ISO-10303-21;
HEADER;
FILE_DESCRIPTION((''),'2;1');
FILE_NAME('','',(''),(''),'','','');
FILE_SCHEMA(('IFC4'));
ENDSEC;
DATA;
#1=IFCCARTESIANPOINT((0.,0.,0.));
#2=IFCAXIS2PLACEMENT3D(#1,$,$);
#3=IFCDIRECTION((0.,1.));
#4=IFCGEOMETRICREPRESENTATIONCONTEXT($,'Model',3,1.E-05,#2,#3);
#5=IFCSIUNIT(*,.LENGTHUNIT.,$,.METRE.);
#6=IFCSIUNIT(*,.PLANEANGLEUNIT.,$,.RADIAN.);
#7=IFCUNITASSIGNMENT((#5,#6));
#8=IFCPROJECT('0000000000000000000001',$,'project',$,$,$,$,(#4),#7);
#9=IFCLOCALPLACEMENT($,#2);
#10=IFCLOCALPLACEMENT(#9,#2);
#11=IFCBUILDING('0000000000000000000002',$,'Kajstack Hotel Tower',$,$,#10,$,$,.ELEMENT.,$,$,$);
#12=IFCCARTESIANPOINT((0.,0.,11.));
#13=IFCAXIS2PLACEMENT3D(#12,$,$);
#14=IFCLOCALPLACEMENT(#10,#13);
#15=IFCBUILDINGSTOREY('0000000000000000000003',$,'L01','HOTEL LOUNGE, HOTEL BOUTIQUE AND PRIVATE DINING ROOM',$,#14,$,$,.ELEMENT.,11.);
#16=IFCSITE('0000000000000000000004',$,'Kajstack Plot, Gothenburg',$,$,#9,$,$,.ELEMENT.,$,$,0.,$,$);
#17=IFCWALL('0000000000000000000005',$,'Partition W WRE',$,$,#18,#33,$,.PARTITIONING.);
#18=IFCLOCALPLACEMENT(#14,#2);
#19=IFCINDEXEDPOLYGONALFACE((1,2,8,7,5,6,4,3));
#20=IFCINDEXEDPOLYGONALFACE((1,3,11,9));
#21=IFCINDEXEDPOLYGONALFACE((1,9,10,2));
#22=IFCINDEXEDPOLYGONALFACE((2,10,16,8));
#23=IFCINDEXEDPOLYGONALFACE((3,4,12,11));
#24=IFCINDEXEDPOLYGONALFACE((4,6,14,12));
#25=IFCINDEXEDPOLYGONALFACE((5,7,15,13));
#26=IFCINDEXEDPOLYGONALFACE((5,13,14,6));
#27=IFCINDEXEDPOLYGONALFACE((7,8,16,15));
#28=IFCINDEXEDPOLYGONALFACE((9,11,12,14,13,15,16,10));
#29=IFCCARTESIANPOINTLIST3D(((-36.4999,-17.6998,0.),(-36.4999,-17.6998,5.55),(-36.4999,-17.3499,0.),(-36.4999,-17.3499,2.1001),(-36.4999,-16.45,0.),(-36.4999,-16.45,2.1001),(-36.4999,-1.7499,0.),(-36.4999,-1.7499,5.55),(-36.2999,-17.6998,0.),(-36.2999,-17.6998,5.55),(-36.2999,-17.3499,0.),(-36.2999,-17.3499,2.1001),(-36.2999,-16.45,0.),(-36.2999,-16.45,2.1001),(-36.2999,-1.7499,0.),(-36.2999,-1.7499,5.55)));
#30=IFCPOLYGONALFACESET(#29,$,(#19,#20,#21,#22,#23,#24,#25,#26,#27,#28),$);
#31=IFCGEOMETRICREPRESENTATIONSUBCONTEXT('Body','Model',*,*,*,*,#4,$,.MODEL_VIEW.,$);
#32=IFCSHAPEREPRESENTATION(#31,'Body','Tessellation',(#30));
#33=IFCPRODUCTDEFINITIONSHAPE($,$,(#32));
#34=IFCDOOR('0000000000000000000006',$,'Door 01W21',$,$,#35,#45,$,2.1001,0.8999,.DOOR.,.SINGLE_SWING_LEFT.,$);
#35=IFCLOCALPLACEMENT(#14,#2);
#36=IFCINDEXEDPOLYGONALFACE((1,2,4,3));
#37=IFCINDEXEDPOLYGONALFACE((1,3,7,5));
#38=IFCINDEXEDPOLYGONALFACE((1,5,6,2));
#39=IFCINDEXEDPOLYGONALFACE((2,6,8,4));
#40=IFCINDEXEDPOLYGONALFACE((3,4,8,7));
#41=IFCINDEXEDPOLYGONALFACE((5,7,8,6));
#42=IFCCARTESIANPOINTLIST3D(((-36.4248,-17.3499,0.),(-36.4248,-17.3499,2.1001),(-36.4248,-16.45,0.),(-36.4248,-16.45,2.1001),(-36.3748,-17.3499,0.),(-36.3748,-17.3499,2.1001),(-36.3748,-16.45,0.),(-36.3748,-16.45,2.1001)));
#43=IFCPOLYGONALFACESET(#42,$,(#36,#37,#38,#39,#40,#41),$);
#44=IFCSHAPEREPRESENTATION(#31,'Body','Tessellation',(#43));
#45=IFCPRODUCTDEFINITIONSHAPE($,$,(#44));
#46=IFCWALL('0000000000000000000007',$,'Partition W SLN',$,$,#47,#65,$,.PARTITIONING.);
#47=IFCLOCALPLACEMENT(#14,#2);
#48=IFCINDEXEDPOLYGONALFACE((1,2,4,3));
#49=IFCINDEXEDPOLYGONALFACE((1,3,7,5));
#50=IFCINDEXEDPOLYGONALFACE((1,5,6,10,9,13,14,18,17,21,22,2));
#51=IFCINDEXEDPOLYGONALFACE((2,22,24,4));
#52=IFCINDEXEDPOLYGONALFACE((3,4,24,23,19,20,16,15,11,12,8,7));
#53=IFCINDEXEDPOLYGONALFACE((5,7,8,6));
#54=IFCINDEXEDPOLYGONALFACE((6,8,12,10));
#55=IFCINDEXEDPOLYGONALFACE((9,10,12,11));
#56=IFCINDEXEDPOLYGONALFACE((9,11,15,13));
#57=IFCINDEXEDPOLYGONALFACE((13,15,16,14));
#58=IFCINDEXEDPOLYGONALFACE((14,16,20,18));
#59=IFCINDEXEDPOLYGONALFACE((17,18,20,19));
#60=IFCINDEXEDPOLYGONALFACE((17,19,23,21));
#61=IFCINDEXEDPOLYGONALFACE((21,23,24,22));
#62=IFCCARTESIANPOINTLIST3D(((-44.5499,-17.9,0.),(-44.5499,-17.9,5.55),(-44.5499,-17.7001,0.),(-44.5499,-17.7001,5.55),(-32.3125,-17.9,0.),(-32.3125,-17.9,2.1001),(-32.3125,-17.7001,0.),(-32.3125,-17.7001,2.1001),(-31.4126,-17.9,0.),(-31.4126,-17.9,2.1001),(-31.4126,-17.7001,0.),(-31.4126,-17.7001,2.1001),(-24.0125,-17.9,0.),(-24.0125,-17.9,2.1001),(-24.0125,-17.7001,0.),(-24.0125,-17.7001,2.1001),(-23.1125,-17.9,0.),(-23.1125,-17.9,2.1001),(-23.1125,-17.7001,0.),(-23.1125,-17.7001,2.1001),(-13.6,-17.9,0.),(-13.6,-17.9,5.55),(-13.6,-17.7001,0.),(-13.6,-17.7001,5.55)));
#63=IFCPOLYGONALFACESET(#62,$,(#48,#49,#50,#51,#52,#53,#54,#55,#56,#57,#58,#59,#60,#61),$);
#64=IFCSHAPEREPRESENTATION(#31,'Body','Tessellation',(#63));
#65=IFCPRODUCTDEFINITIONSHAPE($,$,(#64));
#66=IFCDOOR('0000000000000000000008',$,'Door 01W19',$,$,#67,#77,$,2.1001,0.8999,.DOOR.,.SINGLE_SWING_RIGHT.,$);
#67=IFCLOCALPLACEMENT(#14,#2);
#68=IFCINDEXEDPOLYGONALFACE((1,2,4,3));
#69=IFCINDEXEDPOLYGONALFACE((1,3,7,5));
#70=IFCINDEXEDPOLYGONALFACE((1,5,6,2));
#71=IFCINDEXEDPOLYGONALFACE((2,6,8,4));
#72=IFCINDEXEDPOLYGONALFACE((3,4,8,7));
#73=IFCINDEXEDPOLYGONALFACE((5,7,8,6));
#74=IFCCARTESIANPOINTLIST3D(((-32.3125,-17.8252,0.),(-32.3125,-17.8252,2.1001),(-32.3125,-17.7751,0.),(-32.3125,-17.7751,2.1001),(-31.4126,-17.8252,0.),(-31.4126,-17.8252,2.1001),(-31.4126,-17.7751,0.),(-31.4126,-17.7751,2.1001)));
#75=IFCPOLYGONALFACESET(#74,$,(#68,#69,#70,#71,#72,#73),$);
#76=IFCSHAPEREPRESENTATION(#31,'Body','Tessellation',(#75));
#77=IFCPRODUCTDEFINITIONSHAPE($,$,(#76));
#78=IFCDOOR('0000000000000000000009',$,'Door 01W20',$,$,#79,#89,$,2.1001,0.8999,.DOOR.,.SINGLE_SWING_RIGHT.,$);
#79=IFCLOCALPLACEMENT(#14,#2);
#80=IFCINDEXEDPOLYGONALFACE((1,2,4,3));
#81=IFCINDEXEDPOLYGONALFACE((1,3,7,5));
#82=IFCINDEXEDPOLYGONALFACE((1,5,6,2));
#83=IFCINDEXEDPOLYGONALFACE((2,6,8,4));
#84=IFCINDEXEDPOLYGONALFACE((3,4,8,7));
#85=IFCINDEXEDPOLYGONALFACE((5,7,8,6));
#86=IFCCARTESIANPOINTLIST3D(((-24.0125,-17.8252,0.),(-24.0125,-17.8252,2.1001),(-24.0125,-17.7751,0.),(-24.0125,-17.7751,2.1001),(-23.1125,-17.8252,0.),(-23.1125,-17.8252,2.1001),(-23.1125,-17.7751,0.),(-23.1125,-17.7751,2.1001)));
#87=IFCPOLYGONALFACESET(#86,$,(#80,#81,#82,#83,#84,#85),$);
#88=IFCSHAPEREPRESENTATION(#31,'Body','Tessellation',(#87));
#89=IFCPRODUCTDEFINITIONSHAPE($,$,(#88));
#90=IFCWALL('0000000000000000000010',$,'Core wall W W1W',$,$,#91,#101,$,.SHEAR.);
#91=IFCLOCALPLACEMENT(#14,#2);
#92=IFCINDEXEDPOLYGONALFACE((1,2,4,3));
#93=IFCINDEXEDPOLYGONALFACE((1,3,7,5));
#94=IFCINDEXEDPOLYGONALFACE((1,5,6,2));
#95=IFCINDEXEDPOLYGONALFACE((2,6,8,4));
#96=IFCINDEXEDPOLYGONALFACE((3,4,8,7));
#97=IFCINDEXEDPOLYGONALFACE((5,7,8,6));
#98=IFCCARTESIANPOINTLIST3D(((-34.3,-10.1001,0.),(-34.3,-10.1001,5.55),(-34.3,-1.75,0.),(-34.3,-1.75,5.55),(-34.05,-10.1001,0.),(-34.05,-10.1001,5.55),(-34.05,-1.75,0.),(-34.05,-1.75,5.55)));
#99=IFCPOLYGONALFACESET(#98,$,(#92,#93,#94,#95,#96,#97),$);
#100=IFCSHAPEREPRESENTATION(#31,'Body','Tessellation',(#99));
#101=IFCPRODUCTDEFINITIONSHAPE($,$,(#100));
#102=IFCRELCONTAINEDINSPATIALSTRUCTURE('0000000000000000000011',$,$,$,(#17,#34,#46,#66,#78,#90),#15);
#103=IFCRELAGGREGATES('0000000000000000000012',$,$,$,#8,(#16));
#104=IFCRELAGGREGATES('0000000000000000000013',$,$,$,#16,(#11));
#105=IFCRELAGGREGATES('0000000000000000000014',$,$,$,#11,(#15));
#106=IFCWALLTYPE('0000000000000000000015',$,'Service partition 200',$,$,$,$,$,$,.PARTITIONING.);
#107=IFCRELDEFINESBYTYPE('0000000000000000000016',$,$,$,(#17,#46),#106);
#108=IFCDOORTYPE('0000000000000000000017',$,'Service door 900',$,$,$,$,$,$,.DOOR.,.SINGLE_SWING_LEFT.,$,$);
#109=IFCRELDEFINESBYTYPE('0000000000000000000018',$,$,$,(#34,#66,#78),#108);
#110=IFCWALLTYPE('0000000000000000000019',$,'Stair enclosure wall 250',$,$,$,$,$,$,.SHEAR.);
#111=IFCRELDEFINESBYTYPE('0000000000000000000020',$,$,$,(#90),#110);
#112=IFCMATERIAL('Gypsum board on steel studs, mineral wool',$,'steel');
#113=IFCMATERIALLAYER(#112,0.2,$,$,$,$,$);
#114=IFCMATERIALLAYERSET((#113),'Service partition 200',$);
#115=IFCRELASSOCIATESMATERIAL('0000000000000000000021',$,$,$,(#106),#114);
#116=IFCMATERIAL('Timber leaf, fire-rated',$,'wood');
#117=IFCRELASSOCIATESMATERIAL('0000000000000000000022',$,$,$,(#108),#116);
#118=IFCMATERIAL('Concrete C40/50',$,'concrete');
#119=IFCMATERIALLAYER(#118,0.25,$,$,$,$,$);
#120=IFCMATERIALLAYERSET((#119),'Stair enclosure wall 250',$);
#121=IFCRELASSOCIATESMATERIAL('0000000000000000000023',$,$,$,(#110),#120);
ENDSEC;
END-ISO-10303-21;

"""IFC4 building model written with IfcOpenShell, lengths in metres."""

from ifc_helpers import new_model, si_unit, direction, frame, frame_2d, origin, place, context, subcontext, project, spatial, rectangle, extrude, material, layer, layer_set, type_object, element, fill, save


model = new_model("IFC4")

# Units and contexts
model_context = context("Model", 3, precision=1e-05, world=origin(), true_north=direction((0.0, 1.0)))
body_context = subcontext(model_context, "Body", "Model", "MODEL_VIEW")
ifc_project = project(units=[si_unit("LENGTHUNIT", "METRE"), si_unit("PLANEANGLEUNIT", "RADIAN")], contexts=[model_context])

# Site, building, storey
site_placement = place(None, origin())
site = spatial("IfcSite", under=ifc_project, at=site_placement, Name="Kajstack Plot, Gothenburg", CompositionType="ELEMENT", RefElevation=0.0)
building_placement = place(site_placement, origin())
building = spatial("IfcBuilding", under=site, at=building_placement, Name="Kajstack Hotel Tower", CompositionType="ELEMENT")
storey_placement = place(building_placement, frame((0.0, 0.0, 11.0)))
storey = spatial("IfcBuildingStorey", under=building, at=storey_placement, Name="L01", Description="HOTEL LOUNGE, HOTEL BOUTIQUE AND PRIVATE DINING ROOM", CompositionType="ELEMENT", Elevation=11.0)

# Wall, opening, door
ifc_material_1 = material(Name="Gypsum board on steel studs, mineral wool", Category="steel")
ifc_layer_1 = layer(ifc_material_1, 0.2)
ifc_layer_set_1 = layer_set([ifc_layer_1], Name="Service partition 200")
wall_type_1 = type_object("IfcWallType", Name="Service partition 200", PredefinedType="PARTITIONING", material=ifc_layer_set_1)
wall_1_placement = place(storey_placement, frame((-36.3999, -17.7, 0.0), z_axis=(0.0, 0.0, 1.0), x_axis=(0.0, 1.0, 0.0)))
wall_1 = element("IfcWall", 1, at=wall_1_placement, inside=storey, type_object=wall_type_1, Name="Partition W WRE", PredefinedType="PARTITIONING", context=body_context, shape_type="SweptSolid", body=[
    extrude(rectangle(XDim=15.95, YDim=0.2, at=frame_2d((7.9751, 0.0))), origin(), (0.0, 0.0, 1.0), 5.55),
])
opening_1_placement = place(wall_1_placement, frame((0.3501, 0.0, 0.0)))
opening_1 = element("IfcOpeningElement", 2, at=opening_1_placement, cuts=wall_1, PredefinedType="OPENING", context=body_context, shape_type="SweptSolid", body=[
    extrude(rectangle(XDim=0.8999, YDim=2.1001, at=frame_2d((0.45, 1.05))), frame((0.0, 0.1099, 0.0), z_axis=(0.0, -1.0, 0.0), x_axis=(1.0, 0.0, 0.0)), (0.0, 0.0, 1.0), 0.22),
])
ifc_material_2 = material(Name="Timber leaf, fire-rated", Category="wood")
door_type = type_object("IfcDoorType", Name="Service door 900", OperationType="SINGLE_SWING_LEFT", PredefinedType="DOOR", material=ifc_material_2)
door_1_placement = place(opening_1_placement, origin())
door_1 = element("IfcDoor", 3, at=door_1_placement, inside=storey, type_object=door_type, Name="Door 01W21", OperationType="SINGLE_SWING_LEFT", OverallHeight=2.1001, OverallWidth=0.8999, PredefinedType="DOOR", context=body_context, shape_type="SweptSolid", body=[
    extrude(rectangle(XDim=0.8999, YDim=2.1001, at=frame_2d((0.45, 1.05))), frame((0.0, 0.0249, 0.0), z_axis=(0.0, -1.0, 0.0), x_axis=(1.0, 0.0, 0.0)), (0.0, 0.0, 1.0), 0.05),
])
fill(opening_1, door_1)

# Wall, openings, doors
wall_2_placement = place(storey_placement, frame((-44.55, -17.8, 0.0), z_axis=(0.0, 0.0, 1.0), x_axis=(1.0, 0.0, 0.0)))
wall_2 = element("IfcWall", 4, at=wall_2_placement, inside=storey, type_object=wall_type_1, Name="Partition W SLN", PredefinedType="PARTITIONING", context=body_context, shape_type="SweptSolid", body=[
    extrude(rectangle(XDim=30.95, YDim=0.2, at=frame_2d((15.4751, 0.0))), origin(), (0.0, 0.0, 1.0), 5.55),
])
opening_2_placement = place(wall_2_placement, frame((12.2375, 0.0, 0.0)))
opening_2 = element("IfcOpeningElement", 5, at=opening_2_placement, cuts=wall_2, PredefinedType="OPENING", context=body_context, shape_type="SweptSolid", body=[
    extrude(rectangle(XDim=0.8999, YDim=2.1001, at=frame_2d((0.45, 1.05))), frame((0.0, 0.1099, 0.0), z_axis=(0.0, -1.0, 0.0), x_axis=(1.0, 0.0, 0.0)), (0.0, 0.0, 1.0), 0.22),
])
opening_3_placement = place(wall_2_placement, frame((20.5376, 0.0, 0.0)))
opening_3 = element("IfcOpeningElement", 6, at=opening_3_placement, cuts=wall_2, PredefinedType="OPENING", context=body_context, shape_type="SweptSolid", body=[
    extrude(rectangle(XDim=0.8999, YDim=2.1001, at=frame_2d((0.45, 1.05))), frame((0.0, 0.1099, 0.0), z_axis=(0.0, -1.0, 0.0), x_axis=(1.0, 0.0, 0.0)), (0.0, 0.0, 1.0), 0.22),
])
door_2_placement = place(opening_2_placement, origin())
door_2 = element("IfcDoor", 7, at=door_2_placement, inside=storey, type_object=door_type, Name="Door 01W19", OperationType="SINGLE_SWING_RIGHT", OverallHeight=2.1001, OverallWidth=0.8999, PredefinedType="DOOR", context=body_context, shape_type="SweptSolid", body=[
    extrude(rectangle(XDim=0.8999, YDim=2.1001, at=frame_2d((0.45, 1.05))), frame((0.0, 0.0249, 0.0), z_axis=(0.0, -1.0, 0.0), x_axis=(1.0, 0.0, 0.0)), (0.0, 0.0, 1.0), 0.05),
])
fill(opening_2, door_2)
door_3_placement = place(opening_3_placement, origin())
door_3 = element("IfcDoor", 8, at=door_3_placement, inside=storey, type_object=door_type, Name="Door 01W20", OperationType="SINGLE_SWING_RIGHT", OverallHeight=2.1001, OverallWidth=0.8999, PredefinedType="DOOR", context=body_context, shape_type="SweptSolid", body=[
    extrude(rectangle(XDim=0.8999, YDim=2.1001, at=frame_2d((0.45, 1.05))), frame((0.0, 0.0249, 0.0), z_axis=(0.0, -1.0, 0.0), x_axis=(1.0, 0.0, 0.0)), (0.0, 0.0, 1.0), 0.05),
])
fill(opening_3, door_3)

# Wall
ifc_material_3 = material(Name="Concrete C40/50", Category="concrete")
ifc_layer_2 = layer(ifc_material_3, 0.25)
ifc_layer_set_2 = layer_set([ifc_layer_2], Name="Stair enclosure wall 250")
wall_type_2 = type_object("IfcWallType", Name="Stair enclosure wall 250", PredefinedType="SHEAR", material=ifc_layer_set_2)
wall_3_placement = place(storey_placement, frame((-34.175, -10.1001, 0.0), z_axis=(0.0, 0.0, 1.0), x_axis=(0.0, 1.0, 0.0)))
element("IfcWall", 9, at=wall_3_placement, inside=storey, type_object=wall_type_2, Name="Core wall W W1W", PredefinedType="SHEAR", context=body_context, shape_type="SweptSolid", body=[
    extrude(rectangle(XDim=8.3501, YDim=0.25, at=frame_2d((4.175, 0.0))), origin(), (0.0, 0.0, 1.0), 5.55),
])

save(model, "model.ifc")
